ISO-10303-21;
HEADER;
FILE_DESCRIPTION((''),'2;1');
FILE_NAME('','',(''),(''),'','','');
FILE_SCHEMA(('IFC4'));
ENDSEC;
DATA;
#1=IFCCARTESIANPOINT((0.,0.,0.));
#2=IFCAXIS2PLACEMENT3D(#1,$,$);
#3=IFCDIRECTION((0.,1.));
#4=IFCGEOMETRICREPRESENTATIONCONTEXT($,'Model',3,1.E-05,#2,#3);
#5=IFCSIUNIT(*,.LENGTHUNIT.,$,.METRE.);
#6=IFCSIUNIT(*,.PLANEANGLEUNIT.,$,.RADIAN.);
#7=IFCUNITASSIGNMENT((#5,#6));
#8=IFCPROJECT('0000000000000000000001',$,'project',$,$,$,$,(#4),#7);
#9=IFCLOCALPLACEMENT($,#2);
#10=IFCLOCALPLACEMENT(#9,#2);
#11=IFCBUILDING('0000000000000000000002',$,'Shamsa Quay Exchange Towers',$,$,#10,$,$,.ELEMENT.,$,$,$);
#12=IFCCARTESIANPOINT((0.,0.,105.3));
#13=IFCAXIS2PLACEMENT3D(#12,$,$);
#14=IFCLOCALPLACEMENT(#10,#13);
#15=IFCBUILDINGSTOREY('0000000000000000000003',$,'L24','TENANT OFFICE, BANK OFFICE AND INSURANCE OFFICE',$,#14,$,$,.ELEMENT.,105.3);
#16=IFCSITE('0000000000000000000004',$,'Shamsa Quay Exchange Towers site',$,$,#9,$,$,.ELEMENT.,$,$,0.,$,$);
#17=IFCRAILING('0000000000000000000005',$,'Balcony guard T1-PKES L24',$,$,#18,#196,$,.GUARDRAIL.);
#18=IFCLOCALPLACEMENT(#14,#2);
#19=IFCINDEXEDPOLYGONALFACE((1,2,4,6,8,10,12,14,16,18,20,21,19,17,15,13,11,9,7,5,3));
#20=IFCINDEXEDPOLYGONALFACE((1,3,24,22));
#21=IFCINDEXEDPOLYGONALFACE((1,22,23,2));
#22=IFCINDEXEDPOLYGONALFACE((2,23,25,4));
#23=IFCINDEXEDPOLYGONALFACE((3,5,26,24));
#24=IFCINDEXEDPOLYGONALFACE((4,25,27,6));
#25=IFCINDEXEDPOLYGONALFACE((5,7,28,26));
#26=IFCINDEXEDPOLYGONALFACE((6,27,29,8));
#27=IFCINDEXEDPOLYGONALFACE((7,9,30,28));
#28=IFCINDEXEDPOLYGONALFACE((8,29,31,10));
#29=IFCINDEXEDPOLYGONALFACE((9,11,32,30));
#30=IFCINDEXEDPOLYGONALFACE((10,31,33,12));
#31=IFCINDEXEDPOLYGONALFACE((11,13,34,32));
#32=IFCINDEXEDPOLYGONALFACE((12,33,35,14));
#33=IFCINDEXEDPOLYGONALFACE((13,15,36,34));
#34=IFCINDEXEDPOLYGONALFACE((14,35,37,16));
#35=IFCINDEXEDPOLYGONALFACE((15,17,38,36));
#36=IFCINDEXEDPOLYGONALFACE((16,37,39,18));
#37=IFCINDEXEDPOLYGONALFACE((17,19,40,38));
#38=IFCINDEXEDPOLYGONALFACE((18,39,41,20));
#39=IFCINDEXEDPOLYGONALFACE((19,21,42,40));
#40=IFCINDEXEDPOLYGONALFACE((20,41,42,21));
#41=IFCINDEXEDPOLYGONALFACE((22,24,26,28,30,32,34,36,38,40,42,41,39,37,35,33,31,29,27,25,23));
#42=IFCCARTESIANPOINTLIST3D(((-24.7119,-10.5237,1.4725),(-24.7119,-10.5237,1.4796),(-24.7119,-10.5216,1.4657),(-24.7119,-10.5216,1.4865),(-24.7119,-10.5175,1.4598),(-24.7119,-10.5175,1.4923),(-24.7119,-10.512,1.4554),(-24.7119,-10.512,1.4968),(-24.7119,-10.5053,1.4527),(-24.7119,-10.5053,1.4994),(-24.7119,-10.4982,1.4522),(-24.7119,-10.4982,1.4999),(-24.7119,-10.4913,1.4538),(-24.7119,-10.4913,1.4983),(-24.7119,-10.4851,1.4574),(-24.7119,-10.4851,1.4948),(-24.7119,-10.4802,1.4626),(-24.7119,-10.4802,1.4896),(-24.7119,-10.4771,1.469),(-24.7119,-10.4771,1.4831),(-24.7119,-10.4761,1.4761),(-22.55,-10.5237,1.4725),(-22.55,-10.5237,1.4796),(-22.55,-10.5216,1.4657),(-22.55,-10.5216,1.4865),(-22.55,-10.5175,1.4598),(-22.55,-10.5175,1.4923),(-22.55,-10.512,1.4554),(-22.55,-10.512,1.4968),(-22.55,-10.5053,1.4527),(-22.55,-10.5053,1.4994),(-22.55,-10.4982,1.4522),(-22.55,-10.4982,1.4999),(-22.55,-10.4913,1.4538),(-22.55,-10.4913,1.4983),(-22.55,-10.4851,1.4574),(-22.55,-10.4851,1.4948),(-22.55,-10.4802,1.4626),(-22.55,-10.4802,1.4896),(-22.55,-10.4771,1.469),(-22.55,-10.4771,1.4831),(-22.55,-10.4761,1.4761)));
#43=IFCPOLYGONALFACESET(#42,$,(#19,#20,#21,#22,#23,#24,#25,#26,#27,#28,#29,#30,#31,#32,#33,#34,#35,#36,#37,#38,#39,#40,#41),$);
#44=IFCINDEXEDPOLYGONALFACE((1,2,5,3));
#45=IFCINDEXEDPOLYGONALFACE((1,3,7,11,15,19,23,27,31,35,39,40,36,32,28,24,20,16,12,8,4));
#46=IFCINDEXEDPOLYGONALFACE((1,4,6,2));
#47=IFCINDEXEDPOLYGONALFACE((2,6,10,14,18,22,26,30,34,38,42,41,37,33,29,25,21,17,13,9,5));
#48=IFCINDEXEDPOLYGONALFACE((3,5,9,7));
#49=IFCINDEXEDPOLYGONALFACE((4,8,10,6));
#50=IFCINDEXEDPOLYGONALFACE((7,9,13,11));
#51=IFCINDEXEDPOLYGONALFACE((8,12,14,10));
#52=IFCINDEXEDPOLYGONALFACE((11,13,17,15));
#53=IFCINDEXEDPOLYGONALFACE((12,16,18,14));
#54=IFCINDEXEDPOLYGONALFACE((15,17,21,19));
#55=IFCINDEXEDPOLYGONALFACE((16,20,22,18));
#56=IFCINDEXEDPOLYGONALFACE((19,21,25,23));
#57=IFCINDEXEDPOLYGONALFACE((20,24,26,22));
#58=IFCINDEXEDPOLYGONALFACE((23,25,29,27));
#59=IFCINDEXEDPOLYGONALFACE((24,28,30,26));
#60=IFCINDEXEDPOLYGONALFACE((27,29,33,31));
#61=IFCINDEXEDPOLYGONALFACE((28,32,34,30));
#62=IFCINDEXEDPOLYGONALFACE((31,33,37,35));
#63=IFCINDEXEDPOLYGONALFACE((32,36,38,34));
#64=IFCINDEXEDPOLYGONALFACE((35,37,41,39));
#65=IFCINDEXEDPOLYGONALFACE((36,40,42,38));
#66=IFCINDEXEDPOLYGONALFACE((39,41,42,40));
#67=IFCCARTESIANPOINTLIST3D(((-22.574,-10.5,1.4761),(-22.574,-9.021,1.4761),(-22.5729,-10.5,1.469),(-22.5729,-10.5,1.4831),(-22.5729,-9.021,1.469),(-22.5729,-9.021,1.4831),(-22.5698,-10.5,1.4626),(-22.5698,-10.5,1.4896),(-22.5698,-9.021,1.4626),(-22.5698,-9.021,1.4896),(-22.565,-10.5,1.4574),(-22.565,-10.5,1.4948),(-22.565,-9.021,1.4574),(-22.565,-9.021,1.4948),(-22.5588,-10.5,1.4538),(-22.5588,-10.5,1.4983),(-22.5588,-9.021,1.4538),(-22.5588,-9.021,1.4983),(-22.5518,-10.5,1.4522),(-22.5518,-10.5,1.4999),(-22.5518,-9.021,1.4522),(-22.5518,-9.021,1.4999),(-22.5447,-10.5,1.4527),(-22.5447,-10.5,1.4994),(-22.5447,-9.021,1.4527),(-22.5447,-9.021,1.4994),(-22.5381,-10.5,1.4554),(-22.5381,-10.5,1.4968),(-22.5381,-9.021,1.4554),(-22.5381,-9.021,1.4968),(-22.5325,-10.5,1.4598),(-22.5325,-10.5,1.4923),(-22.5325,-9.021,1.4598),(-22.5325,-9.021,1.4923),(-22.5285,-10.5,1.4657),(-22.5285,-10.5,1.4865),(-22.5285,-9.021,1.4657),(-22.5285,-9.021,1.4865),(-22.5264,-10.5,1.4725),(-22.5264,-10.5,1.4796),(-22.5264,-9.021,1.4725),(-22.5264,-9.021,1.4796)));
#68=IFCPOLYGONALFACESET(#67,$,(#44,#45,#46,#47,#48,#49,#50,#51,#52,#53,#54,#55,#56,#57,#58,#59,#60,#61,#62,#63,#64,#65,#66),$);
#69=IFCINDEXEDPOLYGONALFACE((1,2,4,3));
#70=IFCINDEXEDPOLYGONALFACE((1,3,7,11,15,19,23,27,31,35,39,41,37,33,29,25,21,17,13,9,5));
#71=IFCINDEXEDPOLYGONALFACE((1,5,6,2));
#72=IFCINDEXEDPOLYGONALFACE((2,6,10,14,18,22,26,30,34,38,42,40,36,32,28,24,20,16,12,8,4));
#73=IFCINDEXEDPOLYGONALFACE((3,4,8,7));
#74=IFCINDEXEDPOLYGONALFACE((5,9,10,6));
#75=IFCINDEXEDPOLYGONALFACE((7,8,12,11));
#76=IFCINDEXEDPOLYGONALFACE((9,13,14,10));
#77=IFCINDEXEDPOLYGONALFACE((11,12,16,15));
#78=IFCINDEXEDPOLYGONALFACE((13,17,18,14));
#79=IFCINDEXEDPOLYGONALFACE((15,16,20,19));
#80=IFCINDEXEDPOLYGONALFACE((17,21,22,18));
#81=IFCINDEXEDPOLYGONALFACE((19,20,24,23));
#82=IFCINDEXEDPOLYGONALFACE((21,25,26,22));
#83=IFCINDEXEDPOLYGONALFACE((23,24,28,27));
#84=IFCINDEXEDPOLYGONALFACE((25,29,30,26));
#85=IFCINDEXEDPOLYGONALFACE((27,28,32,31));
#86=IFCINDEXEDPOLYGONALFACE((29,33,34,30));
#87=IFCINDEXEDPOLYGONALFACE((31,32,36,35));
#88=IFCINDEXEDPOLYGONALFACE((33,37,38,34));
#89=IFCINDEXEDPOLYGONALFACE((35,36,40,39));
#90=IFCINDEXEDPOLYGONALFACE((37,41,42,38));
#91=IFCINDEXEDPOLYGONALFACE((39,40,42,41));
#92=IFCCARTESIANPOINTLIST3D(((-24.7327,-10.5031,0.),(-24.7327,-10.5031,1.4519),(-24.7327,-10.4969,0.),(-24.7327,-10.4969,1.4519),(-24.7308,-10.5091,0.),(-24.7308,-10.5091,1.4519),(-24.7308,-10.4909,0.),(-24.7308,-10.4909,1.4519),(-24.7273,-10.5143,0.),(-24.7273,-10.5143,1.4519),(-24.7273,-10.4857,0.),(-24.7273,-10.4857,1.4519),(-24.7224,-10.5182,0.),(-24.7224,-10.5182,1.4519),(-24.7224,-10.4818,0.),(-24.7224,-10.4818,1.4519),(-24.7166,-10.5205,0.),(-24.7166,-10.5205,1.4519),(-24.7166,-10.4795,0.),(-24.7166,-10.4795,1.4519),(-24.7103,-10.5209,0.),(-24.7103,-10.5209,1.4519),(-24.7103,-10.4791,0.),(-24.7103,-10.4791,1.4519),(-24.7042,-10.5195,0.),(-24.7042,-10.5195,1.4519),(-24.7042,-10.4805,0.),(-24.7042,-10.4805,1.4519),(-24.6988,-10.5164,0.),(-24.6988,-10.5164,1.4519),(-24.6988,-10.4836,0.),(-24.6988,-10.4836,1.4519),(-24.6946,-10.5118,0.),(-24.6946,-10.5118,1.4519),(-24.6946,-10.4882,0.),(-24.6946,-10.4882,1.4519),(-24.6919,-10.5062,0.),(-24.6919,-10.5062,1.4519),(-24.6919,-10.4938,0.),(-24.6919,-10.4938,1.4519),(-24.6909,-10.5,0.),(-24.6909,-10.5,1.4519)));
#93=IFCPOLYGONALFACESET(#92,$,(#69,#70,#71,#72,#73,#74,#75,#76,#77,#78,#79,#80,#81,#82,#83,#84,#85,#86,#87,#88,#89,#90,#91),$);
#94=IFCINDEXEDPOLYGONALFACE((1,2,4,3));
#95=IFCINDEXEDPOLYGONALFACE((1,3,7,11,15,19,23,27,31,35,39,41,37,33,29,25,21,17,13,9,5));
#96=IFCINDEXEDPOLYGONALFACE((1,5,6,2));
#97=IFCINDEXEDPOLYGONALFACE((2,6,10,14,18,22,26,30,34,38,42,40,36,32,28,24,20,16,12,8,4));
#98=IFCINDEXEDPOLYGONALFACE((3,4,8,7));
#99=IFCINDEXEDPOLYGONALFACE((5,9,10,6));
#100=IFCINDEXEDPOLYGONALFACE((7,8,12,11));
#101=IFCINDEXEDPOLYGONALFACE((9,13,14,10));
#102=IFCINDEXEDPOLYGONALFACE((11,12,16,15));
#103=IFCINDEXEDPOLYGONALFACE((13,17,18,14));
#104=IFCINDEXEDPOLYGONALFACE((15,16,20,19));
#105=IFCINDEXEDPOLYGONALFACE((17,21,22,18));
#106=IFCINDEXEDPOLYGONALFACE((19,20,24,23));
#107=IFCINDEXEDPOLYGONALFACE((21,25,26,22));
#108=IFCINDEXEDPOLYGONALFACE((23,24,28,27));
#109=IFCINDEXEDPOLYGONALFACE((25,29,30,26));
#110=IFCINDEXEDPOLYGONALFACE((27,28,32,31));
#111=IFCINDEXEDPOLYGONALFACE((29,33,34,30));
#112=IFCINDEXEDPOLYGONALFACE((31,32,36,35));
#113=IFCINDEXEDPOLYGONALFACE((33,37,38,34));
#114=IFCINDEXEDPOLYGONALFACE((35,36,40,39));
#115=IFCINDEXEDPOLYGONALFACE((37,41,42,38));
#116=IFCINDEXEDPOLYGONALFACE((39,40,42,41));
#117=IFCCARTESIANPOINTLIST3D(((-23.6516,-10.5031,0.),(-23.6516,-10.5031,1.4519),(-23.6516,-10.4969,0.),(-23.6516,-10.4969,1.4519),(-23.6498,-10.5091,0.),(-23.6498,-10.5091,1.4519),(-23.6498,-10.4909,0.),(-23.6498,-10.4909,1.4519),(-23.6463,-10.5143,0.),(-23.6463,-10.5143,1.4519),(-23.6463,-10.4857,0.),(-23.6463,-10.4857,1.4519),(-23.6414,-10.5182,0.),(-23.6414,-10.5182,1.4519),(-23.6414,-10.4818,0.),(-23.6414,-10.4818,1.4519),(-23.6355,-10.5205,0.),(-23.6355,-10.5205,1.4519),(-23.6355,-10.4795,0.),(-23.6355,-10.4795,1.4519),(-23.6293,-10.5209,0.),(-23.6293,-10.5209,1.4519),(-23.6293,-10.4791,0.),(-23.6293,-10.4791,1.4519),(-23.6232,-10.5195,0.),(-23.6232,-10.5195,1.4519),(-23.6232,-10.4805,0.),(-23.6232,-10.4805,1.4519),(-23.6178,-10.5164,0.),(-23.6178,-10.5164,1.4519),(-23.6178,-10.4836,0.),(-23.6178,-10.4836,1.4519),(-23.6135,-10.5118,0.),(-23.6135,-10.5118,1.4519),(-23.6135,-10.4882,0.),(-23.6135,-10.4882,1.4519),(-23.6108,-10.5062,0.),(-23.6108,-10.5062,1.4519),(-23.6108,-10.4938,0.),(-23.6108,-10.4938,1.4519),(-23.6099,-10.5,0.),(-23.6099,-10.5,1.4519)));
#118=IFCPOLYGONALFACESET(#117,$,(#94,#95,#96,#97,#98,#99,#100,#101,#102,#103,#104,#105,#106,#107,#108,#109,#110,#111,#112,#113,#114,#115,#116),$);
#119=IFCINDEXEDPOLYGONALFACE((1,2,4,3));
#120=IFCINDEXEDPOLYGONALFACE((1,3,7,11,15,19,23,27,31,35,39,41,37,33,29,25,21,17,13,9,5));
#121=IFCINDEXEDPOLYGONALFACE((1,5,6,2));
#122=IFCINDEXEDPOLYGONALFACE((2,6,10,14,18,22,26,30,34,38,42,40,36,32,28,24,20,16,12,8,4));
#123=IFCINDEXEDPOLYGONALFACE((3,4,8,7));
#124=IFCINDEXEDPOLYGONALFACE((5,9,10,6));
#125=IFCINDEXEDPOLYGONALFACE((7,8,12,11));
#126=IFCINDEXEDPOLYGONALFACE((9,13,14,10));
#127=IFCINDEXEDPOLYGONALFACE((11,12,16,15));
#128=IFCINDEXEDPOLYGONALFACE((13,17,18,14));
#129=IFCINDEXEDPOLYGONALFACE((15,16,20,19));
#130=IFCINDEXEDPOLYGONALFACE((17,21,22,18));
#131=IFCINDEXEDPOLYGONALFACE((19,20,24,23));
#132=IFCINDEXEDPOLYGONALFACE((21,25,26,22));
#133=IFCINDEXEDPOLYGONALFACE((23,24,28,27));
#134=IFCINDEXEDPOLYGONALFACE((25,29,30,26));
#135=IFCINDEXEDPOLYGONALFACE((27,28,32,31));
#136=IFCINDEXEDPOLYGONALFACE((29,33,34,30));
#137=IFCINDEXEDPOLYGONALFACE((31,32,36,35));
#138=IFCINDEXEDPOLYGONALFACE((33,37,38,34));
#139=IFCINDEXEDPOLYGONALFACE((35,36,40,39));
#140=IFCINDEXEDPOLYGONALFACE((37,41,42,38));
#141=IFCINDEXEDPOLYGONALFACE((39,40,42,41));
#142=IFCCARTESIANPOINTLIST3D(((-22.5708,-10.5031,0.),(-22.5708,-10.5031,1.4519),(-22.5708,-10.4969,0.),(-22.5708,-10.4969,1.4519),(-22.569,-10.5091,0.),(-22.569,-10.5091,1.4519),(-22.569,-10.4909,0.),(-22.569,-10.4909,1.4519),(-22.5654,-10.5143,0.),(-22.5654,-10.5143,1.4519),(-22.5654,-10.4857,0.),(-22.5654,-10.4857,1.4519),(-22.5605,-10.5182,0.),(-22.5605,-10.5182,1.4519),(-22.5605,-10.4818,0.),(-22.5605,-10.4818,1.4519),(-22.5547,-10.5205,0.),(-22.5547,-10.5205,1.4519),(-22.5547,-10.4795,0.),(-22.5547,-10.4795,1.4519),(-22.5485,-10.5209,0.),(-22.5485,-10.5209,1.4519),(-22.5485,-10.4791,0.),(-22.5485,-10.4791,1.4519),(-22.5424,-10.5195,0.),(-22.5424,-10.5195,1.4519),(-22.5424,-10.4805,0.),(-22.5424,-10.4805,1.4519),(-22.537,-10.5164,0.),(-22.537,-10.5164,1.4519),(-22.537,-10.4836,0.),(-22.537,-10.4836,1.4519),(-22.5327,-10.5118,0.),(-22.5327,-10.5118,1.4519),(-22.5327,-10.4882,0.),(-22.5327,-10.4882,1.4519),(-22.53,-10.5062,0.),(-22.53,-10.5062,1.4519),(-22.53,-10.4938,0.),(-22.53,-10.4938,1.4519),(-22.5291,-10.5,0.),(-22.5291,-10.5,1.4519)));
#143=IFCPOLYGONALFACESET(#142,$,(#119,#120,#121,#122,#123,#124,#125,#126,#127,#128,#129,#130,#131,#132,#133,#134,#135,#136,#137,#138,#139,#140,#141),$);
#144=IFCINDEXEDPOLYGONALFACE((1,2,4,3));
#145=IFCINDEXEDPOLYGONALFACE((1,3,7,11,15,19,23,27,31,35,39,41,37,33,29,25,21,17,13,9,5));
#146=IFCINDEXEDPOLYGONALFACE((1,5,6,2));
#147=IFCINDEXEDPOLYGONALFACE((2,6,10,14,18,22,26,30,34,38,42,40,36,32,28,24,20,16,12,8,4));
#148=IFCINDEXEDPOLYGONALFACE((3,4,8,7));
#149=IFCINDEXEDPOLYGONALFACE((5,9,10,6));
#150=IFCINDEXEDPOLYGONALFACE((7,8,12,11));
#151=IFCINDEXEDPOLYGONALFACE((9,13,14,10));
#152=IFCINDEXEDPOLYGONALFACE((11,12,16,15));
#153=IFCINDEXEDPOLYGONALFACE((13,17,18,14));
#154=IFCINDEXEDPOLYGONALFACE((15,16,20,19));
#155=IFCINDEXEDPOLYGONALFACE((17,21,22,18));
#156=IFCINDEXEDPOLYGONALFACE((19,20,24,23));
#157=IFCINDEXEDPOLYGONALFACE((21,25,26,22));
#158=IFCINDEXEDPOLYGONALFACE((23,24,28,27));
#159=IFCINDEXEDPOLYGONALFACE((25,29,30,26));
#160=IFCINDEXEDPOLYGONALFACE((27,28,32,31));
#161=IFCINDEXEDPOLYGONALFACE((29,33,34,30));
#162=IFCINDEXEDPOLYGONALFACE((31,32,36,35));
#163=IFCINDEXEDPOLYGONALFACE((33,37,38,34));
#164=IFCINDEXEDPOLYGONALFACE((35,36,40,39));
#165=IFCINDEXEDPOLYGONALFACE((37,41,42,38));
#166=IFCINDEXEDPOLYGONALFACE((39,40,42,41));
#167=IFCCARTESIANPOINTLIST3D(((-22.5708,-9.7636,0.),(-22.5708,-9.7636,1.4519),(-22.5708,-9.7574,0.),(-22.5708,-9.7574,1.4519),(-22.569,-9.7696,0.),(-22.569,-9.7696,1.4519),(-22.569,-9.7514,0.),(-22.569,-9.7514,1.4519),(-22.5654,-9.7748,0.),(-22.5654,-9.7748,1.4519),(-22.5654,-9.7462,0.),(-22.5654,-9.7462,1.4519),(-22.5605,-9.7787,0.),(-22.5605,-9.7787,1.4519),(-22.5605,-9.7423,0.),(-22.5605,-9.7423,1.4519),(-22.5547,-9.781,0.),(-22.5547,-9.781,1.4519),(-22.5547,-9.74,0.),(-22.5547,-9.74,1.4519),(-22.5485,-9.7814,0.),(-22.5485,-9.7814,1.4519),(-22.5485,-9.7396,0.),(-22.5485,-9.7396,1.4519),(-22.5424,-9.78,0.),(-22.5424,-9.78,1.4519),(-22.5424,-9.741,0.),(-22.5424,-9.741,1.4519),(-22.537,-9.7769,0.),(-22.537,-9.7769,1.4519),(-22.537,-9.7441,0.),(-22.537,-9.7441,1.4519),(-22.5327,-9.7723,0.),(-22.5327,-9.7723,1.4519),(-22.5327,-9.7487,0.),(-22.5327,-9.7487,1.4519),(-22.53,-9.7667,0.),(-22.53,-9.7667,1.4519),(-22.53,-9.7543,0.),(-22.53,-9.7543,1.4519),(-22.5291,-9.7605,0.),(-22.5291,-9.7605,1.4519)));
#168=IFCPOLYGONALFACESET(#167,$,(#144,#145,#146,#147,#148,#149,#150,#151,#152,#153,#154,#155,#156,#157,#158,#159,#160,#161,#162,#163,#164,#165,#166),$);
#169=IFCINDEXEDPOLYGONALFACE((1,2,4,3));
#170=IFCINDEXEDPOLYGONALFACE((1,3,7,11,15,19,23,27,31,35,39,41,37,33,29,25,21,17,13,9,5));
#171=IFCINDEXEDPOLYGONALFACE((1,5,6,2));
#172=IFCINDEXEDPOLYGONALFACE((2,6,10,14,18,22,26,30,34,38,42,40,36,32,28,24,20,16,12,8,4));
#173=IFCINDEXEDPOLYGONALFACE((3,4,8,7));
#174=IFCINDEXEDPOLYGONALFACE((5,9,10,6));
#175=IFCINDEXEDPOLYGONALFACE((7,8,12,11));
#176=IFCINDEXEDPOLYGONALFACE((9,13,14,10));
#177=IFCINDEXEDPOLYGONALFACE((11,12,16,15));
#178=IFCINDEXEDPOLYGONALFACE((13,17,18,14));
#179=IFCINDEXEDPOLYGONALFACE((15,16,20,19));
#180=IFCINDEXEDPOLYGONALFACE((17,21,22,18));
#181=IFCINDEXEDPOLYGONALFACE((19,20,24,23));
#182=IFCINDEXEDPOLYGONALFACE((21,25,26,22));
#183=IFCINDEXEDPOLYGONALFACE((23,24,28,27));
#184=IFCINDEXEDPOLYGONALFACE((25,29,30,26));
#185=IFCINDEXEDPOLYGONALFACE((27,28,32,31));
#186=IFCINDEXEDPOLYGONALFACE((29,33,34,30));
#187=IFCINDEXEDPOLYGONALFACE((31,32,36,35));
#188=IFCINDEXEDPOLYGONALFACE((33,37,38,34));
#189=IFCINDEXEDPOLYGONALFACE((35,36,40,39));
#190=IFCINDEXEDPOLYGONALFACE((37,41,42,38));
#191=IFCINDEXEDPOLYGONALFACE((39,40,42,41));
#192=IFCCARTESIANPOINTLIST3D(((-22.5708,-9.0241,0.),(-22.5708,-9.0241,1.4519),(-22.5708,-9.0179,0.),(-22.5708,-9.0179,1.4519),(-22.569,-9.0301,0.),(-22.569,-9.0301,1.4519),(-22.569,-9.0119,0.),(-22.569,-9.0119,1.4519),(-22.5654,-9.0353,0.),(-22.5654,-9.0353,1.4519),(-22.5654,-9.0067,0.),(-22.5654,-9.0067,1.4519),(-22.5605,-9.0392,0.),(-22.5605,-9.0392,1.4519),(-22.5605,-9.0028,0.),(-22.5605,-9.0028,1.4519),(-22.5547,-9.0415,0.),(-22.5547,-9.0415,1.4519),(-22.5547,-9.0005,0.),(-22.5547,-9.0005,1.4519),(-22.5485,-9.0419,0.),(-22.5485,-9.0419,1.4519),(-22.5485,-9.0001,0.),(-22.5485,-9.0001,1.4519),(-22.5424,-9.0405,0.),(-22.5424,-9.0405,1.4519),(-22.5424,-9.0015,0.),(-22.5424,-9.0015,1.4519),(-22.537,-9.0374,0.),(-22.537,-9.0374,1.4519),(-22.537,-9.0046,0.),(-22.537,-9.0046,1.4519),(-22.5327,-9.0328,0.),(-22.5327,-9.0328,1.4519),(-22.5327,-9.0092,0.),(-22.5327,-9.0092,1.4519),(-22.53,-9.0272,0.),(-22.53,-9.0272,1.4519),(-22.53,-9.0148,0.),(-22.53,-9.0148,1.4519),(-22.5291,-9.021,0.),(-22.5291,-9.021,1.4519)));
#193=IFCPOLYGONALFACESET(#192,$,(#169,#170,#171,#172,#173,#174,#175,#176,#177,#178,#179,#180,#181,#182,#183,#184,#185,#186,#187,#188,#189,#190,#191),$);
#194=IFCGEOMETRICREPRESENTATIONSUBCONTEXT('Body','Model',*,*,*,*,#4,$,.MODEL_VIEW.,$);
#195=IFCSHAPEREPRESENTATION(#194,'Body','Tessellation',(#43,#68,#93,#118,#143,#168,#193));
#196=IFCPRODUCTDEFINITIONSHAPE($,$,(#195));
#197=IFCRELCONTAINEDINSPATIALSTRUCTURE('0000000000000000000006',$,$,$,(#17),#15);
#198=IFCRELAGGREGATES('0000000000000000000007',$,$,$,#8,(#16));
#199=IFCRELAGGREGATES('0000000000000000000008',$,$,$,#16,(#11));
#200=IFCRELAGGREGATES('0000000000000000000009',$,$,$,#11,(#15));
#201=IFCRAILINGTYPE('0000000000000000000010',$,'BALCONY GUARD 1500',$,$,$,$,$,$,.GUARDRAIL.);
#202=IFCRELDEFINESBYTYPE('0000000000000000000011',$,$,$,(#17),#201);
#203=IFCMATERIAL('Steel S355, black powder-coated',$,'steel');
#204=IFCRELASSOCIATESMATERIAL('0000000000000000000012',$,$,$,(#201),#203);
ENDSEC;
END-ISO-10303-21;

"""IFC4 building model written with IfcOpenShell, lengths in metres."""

from ifc_helpers import new_model, si_unit, direction, frame, origin, origin_2d, place, context, subcontext, project, spatial, circle, extrude, material, type_object, element, save


model = new_model("IFC4")

# Units and contexts
model_context = context("Model", 3, precision=1e-05, world=origin(), true_north=direction((0.0, 1.0)))
body_context = subcontext(model_context, "Body", "Model", "MODEL_VIEW")
ifc_project = project(units=[si_unit("LENGTHUNIT", "METRE"), si_unit("PLANEANGLEUNIT", "RADIAN")], contexts=[model_context])

# Site, building, storey
site_placement = place(None, origin())
site = spatial("IfcSite", under=ifc_project, at=site_placement, Name="Shamsa Quay Exchange Towers site", CompositionType="ELEMENT", RefElevation=0.0)
building_placement = place(site_placement, origin())
building = spatial("IfcBuilding", under=site, at=building_placement, Name="Shamsa Quay Exchange Towers", CompositionType="ELEMENT")
storey_placement = place(building_placement, frame((0.0, 0.0, 105.3)))
storey = spatial("IfcBuildingStorey", under=building, at=storey_placement, Name="L24", Description="TENANT OFFICE, BANK OFFICE AND INSURANCE OFFICE", CompositionType="ELEMENT", Elevation=105.3)

# Railing
ifc_material_1 = material(Name="Steel S355, black powder-coated", Category="steel")
railing_type_1 = type_object("IfcRailingType", Name="BALCONY GUARD 1500", PredefinedType="GUARDRAIL", material=ifc_material_1)
for number, where, name in (
    (1, (-24.7119, -10.5, 0.0), "Balcony guard T1-PKES L24"),
):
    element("IfcRailing", number, at=place(storey_placement, frame(where)), inside=storey, type_object=railing_type_1, Name=name, PredefinedType="GUARDRAIL", context=body_context, shape_type="SweptSolid", body=[
        extrude(circle(Radius=0.0239, at=origin_2d()), frame((0.0, 0.0, 1.4761), z_axis=(1.0, 0.0, 0.0), x_axis=(0.0, 1.0, 0.0)), (0.0, 0.0, 1.0), 2.1619),
        extrude(circle(Radius=0.0239, at=origin_2d()), frame((2.1619, 0.0, 1.4761), z_axis=(0.0, 1.0, 0.0), x_axis=(-1.0, 0.0, 0.0)), (0.0, 0.0, 1.0), 1.479),
        extrude(circle(Radius=0.021, at=origin_2d()), origin(), (0.0, 0.0, 1.0), 1.4519),
        extrude(circle(Radius=0.021, at=origin_2d()), frame((1.0811, 0.0, 0.0)), (0.0, 0.0, 1.0), 1.4519),
        extrude(circle(Radius=0.021, at=origin_2d()), frame((2.1619, 0.0, 0.0)), (0.0, 0.0, 1.0), 1.4519),
        extrude(circle(Radius=0.021, at=origin_2d()), frame((2.1619, 0.7395, 0.0)), (0.0, 0.0, 1.0), 1.4519),
        extrude(circle(Radius=0.021, at=origin_2d()), frame((2.1619, 1.479, 0.0)), (0.0, 0.0, 1.0), 1.4519),
    ])

save(model, "model.ifc")
